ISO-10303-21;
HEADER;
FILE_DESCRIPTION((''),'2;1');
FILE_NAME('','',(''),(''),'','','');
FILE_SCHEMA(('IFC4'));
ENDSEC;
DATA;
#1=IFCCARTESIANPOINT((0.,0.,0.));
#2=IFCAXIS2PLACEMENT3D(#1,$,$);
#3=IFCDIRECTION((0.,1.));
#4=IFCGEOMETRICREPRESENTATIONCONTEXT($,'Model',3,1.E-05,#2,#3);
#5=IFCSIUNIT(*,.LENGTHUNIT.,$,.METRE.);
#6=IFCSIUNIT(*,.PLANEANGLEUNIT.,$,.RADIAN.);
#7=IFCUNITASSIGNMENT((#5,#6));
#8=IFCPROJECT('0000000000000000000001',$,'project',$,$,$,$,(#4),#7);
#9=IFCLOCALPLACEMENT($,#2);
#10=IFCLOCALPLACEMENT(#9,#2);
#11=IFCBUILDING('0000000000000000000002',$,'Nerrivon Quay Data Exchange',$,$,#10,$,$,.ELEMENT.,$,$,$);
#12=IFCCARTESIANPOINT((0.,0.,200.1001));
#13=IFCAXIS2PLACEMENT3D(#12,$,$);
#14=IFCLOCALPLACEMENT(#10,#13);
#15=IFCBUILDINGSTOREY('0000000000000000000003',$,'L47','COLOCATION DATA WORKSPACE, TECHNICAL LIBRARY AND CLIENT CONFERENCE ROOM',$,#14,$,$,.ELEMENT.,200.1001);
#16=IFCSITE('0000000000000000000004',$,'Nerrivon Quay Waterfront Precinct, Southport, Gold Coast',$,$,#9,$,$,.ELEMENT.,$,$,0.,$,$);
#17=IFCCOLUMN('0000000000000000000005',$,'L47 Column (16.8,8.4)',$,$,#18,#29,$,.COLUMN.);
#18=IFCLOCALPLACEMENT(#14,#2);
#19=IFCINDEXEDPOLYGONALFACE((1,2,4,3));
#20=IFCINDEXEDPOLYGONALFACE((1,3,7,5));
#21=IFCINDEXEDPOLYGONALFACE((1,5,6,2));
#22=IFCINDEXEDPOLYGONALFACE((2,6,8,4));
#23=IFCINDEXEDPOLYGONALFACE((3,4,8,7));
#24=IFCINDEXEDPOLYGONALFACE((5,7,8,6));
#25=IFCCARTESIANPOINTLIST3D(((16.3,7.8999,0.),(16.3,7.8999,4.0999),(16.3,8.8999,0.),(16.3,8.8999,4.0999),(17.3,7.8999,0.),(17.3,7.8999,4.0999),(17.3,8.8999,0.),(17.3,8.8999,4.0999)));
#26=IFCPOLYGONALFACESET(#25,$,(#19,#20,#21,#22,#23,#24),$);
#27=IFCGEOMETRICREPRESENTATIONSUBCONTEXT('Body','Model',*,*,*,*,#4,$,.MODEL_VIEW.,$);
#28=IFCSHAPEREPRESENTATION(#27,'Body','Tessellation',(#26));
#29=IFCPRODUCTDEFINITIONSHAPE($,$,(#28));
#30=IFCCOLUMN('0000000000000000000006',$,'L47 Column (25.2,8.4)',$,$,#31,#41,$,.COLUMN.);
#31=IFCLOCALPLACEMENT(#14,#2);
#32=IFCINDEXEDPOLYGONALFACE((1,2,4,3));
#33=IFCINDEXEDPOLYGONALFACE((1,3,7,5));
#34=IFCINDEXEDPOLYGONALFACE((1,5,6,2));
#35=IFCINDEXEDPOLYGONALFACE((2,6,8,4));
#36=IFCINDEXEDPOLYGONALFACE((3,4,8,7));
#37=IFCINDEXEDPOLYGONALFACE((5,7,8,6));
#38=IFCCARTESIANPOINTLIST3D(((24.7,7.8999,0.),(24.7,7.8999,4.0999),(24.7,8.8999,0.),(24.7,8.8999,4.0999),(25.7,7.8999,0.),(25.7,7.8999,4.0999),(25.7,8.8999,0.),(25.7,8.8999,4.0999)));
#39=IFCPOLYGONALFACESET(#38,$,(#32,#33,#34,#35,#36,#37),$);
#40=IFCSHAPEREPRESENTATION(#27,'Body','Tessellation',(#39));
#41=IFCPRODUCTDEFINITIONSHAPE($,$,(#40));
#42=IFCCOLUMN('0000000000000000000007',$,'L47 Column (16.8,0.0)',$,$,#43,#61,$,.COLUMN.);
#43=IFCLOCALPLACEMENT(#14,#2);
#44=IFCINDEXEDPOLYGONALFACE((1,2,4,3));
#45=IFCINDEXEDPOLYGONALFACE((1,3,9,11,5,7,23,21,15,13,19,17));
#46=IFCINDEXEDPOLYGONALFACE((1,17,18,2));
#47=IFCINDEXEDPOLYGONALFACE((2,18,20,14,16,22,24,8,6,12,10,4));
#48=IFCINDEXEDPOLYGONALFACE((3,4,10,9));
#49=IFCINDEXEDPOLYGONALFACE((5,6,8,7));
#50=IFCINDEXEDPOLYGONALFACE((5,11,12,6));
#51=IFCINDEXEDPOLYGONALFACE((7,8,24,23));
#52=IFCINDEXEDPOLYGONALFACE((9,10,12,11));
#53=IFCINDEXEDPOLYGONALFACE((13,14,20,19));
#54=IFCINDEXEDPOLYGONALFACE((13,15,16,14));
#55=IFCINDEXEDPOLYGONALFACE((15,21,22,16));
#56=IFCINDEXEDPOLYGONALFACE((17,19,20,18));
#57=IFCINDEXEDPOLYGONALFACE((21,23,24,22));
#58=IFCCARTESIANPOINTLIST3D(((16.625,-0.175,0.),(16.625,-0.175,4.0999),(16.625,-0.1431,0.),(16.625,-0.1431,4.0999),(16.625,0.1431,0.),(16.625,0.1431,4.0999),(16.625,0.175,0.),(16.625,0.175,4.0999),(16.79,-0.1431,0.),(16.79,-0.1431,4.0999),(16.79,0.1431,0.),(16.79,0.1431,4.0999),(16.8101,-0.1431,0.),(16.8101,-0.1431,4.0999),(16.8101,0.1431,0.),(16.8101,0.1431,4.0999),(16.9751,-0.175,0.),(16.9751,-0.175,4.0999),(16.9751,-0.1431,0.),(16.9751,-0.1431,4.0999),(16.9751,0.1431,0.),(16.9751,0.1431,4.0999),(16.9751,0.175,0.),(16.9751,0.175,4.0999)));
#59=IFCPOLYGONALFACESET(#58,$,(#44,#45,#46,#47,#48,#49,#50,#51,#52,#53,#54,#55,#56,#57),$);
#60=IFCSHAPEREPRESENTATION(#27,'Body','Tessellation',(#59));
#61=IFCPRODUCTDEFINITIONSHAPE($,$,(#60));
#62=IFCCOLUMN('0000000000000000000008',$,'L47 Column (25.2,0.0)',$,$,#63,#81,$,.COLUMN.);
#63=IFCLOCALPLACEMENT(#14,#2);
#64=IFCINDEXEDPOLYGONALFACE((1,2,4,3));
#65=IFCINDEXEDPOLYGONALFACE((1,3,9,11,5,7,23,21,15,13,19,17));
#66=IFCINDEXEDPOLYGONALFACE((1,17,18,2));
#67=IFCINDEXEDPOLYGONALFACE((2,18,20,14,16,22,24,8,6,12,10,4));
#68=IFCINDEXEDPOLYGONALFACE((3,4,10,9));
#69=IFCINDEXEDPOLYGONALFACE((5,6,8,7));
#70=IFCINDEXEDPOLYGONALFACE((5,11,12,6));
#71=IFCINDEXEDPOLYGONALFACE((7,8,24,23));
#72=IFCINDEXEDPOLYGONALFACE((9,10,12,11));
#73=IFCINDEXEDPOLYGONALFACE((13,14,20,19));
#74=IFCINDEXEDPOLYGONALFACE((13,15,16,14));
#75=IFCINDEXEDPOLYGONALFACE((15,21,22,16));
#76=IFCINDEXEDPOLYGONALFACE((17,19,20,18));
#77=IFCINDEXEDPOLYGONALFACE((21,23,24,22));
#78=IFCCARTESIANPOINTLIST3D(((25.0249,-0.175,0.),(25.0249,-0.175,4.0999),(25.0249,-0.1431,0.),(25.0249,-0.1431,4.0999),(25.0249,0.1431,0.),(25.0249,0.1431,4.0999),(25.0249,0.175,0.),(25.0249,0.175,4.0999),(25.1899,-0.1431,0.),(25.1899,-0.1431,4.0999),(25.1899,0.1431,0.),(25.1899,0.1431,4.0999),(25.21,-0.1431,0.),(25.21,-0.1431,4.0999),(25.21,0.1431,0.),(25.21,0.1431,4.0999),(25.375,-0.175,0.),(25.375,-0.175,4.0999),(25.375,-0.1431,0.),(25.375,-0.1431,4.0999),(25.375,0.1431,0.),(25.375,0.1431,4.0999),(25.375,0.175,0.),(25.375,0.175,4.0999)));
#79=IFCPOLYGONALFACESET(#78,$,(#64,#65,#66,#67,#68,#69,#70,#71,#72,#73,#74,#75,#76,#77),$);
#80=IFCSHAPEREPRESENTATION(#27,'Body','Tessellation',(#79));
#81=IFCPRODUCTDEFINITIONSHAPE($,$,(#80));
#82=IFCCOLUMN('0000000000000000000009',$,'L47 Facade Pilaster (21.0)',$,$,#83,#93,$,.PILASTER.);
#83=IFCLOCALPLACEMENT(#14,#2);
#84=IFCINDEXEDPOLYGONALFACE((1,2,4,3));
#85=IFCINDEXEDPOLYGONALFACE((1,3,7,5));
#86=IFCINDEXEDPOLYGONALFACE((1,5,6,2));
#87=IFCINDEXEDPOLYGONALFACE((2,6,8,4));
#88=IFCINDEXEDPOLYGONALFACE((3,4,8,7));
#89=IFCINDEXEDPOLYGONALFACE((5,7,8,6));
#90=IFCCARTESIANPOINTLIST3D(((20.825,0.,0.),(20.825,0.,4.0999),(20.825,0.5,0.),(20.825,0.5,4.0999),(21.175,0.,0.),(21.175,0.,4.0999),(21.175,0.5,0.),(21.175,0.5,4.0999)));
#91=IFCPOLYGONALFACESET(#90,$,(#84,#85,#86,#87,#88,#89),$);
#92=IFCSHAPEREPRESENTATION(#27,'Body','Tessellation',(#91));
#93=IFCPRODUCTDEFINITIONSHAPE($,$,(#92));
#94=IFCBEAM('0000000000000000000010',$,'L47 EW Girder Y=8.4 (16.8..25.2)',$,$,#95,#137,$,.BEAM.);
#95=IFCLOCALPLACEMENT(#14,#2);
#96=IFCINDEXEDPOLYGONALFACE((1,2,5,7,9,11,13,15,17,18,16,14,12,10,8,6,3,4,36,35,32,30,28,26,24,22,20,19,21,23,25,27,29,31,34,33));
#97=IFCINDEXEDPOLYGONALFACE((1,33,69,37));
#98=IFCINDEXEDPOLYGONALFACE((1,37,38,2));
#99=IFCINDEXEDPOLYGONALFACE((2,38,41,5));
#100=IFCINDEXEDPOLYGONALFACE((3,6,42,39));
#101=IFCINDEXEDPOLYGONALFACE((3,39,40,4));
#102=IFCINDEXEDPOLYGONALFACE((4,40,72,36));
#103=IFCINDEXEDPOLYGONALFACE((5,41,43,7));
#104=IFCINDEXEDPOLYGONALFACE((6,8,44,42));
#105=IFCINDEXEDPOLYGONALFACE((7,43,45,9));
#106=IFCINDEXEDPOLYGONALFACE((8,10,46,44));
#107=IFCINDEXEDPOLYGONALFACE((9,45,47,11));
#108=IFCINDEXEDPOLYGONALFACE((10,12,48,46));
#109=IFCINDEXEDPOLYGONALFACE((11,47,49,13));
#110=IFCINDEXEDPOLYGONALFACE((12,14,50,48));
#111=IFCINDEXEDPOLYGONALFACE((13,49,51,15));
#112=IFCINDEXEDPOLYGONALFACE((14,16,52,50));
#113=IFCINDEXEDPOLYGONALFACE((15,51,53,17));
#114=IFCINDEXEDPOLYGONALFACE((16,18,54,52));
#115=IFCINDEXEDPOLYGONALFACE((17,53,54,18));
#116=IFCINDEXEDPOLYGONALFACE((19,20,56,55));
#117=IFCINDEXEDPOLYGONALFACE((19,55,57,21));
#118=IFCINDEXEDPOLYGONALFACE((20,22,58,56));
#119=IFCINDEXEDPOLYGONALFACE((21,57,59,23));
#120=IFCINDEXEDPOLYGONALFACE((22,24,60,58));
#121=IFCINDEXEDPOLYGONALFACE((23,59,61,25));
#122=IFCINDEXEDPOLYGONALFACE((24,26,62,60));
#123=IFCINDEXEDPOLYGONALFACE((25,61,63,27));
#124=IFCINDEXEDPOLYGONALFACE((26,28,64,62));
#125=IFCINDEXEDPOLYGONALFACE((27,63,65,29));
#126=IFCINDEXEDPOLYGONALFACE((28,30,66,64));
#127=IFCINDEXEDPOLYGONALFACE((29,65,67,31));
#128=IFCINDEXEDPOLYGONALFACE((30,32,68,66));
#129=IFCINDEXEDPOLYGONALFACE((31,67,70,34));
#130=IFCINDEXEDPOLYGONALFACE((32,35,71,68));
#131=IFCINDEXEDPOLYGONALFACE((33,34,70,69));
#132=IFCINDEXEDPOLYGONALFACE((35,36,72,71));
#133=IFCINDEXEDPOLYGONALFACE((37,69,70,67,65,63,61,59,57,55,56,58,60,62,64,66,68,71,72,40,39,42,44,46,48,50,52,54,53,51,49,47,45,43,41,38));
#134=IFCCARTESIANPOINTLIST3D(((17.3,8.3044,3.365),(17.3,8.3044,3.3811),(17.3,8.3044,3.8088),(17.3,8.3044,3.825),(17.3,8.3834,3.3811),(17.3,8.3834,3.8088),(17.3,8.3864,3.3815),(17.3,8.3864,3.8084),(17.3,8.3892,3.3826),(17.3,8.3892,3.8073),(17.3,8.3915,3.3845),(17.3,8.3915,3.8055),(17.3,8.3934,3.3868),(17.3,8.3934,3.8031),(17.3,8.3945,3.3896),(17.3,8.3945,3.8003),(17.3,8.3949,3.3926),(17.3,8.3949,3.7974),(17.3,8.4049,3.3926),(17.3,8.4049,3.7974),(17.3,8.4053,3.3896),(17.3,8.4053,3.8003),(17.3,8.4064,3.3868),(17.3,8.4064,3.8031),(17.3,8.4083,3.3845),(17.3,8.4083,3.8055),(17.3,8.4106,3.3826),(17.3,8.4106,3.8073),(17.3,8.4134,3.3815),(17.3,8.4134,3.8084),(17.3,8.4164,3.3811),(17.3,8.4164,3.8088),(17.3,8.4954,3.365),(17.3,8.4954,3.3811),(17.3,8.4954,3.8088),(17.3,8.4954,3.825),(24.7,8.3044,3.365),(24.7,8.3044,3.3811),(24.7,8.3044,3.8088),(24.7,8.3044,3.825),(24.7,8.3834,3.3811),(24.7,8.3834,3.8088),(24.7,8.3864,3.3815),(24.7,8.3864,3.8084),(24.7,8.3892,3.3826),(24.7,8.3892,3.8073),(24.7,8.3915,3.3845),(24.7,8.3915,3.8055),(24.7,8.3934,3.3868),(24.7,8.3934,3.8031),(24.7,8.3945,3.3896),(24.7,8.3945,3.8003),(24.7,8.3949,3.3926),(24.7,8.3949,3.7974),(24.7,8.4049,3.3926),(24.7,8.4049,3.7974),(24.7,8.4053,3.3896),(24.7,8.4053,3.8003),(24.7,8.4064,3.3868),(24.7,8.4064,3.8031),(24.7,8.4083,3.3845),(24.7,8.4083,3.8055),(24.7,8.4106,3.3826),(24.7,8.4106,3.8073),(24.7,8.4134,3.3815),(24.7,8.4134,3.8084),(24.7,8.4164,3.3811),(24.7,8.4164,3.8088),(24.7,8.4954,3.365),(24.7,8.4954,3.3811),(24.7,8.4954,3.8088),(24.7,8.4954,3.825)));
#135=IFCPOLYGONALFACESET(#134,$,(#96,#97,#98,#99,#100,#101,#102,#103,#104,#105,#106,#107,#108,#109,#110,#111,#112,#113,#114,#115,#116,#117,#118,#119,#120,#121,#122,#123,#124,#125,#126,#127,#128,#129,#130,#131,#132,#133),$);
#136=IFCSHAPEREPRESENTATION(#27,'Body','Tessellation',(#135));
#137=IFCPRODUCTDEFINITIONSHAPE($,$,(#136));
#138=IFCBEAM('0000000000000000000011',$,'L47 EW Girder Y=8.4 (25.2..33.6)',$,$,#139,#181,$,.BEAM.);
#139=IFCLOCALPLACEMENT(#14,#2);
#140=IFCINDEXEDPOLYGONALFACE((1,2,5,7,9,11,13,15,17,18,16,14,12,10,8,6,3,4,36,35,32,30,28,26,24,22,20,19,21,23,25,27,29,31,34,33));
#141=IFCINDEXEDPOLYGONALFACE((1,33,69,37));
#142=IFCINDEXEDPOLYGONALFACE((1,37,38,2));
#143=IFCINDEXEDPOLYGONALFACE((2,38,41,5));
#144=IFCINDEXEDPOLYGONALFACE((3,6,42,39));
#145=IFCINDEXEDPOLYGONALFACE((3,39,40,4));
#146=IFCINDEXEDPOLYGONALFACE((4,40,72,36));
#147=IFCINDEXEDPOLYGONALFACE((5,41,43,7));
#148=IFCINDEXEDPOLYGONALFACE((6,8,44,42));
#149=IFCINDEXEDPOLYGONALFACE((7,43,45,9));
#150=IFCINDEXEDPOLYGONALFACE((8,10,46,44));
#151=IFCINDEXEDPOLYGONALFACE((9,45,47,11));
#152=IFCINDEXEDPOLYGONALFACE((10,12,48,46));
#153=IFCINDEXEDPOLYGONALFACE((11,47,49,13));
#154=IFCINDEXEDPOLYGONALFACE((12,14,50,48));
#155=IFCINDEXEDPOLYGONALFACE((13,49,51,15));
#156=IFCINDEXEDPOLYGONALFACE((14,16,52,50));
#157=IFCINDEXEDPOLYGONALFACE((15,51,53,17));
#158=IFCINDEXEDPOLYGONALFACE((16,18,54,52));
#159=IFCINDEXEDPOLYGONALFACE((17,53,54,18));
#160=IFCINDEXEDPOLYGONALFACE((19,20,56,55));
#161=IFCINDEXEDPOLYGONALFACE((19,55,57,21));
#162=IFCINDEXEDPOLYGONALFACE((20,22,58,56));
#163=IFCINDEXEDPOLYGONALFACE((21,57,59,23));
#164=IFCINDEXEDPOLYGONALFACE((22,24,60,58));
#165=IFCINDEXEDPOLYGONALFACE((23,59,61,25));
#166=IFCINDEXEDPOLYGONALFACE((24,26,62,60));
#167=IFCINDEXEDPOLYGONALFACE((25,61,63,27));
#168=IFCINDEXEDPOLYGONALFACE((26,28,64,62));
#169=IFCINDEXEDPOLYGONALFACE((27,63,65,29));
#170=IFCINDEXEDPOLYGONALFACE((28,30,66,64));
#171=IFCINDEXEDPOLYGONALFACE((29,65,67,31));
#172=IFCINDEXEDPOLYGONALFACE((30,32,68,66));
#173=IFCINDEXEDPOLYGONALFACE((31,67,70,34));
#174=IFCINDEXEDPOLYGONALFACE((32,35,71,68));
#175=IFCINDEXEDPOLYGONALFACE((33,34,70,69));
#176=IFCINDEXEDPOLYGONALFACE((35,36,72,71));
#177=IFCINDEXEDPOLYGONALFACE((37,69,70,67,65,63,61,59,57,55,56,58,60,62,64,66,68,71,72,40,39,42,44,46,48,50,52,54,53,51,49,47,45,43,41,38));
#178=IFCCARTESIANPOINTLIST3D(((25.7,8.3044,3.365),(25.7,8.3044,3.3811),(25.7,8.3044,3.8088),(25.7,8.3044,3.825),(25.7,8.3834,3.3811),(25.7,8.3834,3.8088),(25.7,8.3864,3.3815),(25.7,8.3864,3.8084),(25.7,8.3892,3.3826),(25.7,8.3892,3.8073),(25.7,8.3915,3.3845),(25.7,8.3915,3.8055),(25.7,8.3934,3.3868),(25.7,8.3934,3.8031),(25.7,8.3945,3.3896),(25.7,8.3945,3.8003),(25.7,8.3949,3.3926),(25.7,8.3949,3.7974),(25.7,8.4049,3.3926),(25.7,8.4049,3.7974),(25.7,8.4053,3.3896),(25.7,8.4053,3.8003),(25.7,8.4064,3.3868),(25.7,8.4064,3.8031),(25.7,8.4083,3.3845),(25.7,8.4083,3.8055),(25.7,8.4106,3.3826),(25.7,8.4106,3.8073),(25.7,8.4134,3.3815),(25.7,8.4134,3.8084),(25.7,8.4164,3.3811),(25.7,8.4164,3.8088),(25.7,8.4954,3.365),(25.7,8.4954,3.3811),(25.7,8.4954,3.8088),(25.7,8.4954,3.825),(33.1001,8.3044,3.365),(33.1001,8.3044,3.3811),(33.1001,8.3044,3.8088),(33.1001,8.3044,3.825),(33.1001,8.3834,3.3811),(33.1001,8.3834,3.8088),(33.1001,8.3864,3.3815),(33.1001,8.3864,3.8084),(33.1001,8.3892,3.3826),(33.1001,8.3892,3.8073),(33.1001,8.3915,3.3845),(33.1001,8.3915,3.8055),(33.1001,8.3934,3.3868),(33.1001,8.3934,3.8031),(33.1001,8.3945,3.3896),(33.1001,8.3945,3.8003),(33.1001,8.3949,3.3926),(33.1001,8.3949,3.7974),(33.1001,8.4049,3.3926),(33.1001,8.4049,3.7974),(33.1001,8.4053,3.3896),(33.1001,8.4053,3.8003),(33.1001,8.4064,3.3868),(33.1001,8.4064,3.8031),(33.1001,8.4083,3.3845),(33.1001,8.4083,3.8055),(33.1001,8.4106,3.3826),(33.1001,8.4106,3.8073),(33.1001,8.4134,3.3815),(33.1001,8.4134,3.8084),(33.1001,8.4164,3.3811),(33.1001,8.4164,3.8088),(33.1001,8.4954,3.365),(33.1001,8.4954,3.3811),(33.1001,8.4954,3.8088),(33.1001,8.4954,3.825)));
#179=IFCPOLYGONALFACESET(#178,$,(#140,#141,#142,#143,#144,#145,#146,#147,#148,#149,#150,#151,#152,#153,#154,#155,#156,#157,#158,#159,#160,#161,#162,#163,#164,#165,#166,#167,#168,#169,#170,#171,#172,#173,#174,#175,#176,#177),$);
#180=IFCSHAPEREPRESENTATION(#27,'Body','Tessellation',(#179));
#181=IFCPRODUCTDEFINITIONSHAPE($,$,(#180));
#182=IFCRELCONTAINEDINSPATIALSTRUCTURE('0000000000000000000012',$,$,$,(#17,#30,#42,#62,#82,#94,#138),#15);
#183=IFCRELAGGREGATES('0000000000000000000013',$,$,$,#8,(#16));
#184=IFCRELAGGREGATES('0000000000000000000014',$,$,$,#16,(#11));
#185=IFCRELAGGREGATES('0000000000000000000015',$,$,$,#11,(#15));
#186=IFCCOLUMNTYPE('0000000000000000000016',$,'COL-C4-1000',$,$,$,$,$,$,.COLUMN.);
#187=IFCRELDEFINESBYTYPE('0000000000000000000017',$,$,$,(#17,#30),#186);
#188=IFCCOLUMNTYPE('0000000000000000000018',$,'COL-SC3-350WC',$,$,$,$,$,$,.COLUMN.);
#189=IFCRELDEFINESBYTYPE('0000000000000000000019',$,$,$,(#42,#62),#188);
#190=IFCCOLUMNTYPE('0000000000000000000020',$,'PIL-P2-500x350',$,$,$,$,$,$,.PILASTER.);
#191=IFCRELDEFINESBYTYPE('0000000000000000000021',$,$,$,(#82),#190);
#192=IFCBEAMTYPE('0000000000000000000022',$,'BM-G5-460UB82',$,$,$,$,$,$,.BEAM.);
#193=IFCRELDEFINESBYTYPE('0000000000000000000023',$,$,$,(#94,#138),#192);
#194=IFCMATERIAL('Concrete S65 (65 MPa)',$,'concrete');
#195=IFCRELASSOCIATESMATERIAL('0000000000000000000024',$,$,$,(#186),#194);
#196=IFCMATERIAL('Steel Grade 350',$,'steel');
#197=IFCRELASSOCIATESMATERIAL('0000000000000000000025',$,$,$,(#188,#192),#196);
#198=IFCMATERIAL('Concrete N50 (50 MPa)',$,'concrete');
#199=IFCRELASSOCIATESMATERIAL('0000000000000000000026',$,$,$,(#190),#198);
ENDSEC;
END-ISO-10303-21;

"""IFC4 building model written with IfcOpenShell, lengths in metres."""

from ifc_helpers import new_model, si_unit, direction, frame, origin, origin_2d, place, context, subcontext, project, spatial, rectangle, i_section, extrude, material, material_profile, profile_set, type_object, element, save


model = new_model("IFC4")

# Units and contexts
model_context = context("Model", 3, precision=1e-05, world=origin(), true_north=direction((0.0, 1.0)))
body_context = subcontext(model_context, "Body", "Model", "MODEL_VIEW")
ifc_project = project(units=[si_unit("LENGTHUNIT", "METRE"), si_unit("PLANEANGLEUNIT", "RADIAN")], contexts=[model_context])

# Site, building, storey
site_placement = place(None, origin())
site = spatial("IfcSite", under=ifc_project, at=site_placement, Name="Nerrivon Quay Waterfront Precinct, Southport, Gold Coast", CompositionType="ELEMENT", RefElevation=0.0)
building_placement = place(site_placement, origin())
building = spatial("IfcBuilding", under=site, at=building_placement, Name="Nerrivon Quay Data Exchange", CompositionType="ELEMENT")
storey_placement = place(building_placement, frame((0.0, 0.0, 200.1001)))
storey = spatial("IfcBuildingStorey", under=building, at=storey_placement, Name="L47", Description="COLOCATION DATA WORKSPACE, TECHNICAL LIBRARY AND CLIENT CONFERENCE ROOM", CompositionType="ELEMENT", Elevation=200.1001)

# Columns
ifc_material_1 = material(Name="Concrete S65 (65 MPa)", Category="concrete")
ifc_material_profile_1 = material_profile(ifc_material_1, rectangle(XDim=1.0, YDim=1.0, at=origin_2d()), Name="RC-COL-1000x1000")
ifc_profile_set_1 = profile_set([ifc_material_profile_1], Name="Concrete S65 (65 MPa)")
column_type_1 = type_object("IfcColumnType", Name="COL-C4-1000", PredefinedType="COLUMN", material=ifc_profile_set_1)
for number, where, z_axis, x_axis, name in (
    (1, (16.8, 8.3999, 0.0), (0.0, 0.0, 1.0), (1.0, 0.0, 0.0), "L47 Column (16.8,8.4)"),
    (2, (25.2, 8.3999, 0.0), (0.0, 0.0, 1.0), (1.0, 0.0, 0.0), "L47 Column (25.2,8.4)"),
):
    element("IfcColumn", number, at=place(storey_placement, frame(where, z_axis=z_axis, x_axis=x_axis)), inside=storey, type_object=column_type_1, Name=name, PredefinedType="COLUMN", context=body_context, shape_type="SweptSolid", body=[
        extrude(rectangle(XDim=1.0, YDim=1.0, at=origin_2d()), origin(), (0.0, 0.0, 1.0), 4.0999),
    ])
ifc_material_2 = material(Name="Steel Grade 350", Category="steel")
ifc_material_profile_2 = material_profile(ifc_material_2, i_section(OverallWidth=0.3501, OverallDepth=0.3501, WebThickness=0.02, FlangeThickness=0.032, at=origin_2d()), Name="350WC230")
ifc_profile_set_2 = profile_set([ifc_material_profile_2], Name="Steel Grade 350")
column_type_2 = type_object("IfcColumnType", Name="COL-SC3-350WC", PredefinedType="COLUMN", material=ifc_profile_set_2)
for number, where, z_axis, x_axis, name in (
    (3, (16.8, 0.0, 0.0), (0.0, 0.0, 1.0), (1.0, 0.0, 0.0), "L47 Column (16.8,0.0)"),
    (4, (25.2, 0.0, 0.0), (0.0, 0.0, 1.0), (1.0, 0.0, 0.0), "L47 Column (25.2,0.0)"),
):
    element("IfcColumn", number, at=place(storey_placement, frame(where, z_axis=z_axis, x_axis=x_axis)), inside=storey, type_object=column_type_2, Name=name, PredefinedType="COLUMN", context=body_context, shape_type="SweptSolid", body=[
        extrude(i_section(OverallWidth=0.3501, OverallDepth=0.3501, WebThickness=0.02, FlangeThickness=0.032, at=origin_2d()), origin(), (0.0, 0.0, 1.0), 4.0999),
    ])
ifc_material_3 = material(Name="Concrete N50 (50 MPa)", Category="concrete")
ifc_material_profile_3 = material_profile(ifc_material_3, rectangle(XDim=0.3501, YDim=0.5, at=origin_2d()), Name="RC-PIL-500x350")
ifc_profile_set_3 = profile_set([ifc_material_profile_3], Name="Concrete N50 (50 MPa)")
column_type_3 = type_object("IfcColumnType", Name="PIL-P2-500x350", PredefinedType="PILASTER", material=ifc_profile_set_3)
column_placement = place(storey_placement, frame((21.0, 0.25, 0.0), z_axis=(0.0, 0.0, 1.0), x_axis=(1.0, 0.0, 0.0)))
element("IfcColumn", 5, at=column_placement, inside=storey, type_object=column_type_3, Name="L47 Facade Pilaster (21.0)", PredefinedType="PILASTER", context=body_context, shape_type="SweptSolid", body=[
    extrude(rectangle(XDim=0.3501, YDim=0.5, at=origin_2d()), origin(), (0.0, 0.0, 1.0), 4.0999),
])

# Beams
ifc_material_profile_4 = material_profile(ifc_material_2, i_section(OverallWidth=0.1909, OverallDepth=0.46, WebThickness=0.01, FlangeThickness=0.0161, FilletRadius=0.0115, at=origin_2d()), Name="460UB82.1")
ifc_profile_set_4 = profile_set([ifc_material_profile_4], Name="Steel Grade 350")
beam_type_1 = type_object("IfcBeamType", Name="BM-G5-460UB82", PredefinedType="BEAM", material=ifc_profile_set_4)
beam_1_placement = place(storey_placement, frame((17.3, 8.3999, 3.595), z_axis=(1.0, 0.0, 0.0), x_axis=(0.0, 1.0, 0.0)))
element("IfcBeam", 6, at=beam_1_placement, inside=storey, type_object=beam_type_1, Name="L47 EW Girder Y=8.4 (16.8..25.2)", PredefinedType="BEAM", context=body_context, shape_type="SweptSolid", body=[
    extrude(i_section(OverallWidth=0.1909, OverallDepth=0.46, WebThickness=0.01, FlangeThickness=0.0161, FilletRadius=0.0115, at=origin_2d()), origin(), (0.0, 0.0, 1.0), 7.3999),
])
beam_2_placement = place(storey_placement, frame((25.7, 8.3999, 3.595), z_axis=(1.0, 0.0, 0.0), x_axis=(0.0, 1.0, 0.0)))
element("IfcBeam", 7, at=beam_2_placement, inside=storey, type_object=beam_type_1, Name="L47 EW Girder Y=8.4 (25.2..33.6)", PredefinedType="BEAM", context=body_context, shape_type="SweptSolid", body=[
    extrude(i_section(OverallWidth=0.1909, OverallDepth=0.46, WebThickness=0.01, FlangeThickness=0.0161, FilletRadius=0.0115, at=origin_2d()), origin(), (0.0, 0.0, 1.0), 7.4001),
])

save(model, "model.ifc")
